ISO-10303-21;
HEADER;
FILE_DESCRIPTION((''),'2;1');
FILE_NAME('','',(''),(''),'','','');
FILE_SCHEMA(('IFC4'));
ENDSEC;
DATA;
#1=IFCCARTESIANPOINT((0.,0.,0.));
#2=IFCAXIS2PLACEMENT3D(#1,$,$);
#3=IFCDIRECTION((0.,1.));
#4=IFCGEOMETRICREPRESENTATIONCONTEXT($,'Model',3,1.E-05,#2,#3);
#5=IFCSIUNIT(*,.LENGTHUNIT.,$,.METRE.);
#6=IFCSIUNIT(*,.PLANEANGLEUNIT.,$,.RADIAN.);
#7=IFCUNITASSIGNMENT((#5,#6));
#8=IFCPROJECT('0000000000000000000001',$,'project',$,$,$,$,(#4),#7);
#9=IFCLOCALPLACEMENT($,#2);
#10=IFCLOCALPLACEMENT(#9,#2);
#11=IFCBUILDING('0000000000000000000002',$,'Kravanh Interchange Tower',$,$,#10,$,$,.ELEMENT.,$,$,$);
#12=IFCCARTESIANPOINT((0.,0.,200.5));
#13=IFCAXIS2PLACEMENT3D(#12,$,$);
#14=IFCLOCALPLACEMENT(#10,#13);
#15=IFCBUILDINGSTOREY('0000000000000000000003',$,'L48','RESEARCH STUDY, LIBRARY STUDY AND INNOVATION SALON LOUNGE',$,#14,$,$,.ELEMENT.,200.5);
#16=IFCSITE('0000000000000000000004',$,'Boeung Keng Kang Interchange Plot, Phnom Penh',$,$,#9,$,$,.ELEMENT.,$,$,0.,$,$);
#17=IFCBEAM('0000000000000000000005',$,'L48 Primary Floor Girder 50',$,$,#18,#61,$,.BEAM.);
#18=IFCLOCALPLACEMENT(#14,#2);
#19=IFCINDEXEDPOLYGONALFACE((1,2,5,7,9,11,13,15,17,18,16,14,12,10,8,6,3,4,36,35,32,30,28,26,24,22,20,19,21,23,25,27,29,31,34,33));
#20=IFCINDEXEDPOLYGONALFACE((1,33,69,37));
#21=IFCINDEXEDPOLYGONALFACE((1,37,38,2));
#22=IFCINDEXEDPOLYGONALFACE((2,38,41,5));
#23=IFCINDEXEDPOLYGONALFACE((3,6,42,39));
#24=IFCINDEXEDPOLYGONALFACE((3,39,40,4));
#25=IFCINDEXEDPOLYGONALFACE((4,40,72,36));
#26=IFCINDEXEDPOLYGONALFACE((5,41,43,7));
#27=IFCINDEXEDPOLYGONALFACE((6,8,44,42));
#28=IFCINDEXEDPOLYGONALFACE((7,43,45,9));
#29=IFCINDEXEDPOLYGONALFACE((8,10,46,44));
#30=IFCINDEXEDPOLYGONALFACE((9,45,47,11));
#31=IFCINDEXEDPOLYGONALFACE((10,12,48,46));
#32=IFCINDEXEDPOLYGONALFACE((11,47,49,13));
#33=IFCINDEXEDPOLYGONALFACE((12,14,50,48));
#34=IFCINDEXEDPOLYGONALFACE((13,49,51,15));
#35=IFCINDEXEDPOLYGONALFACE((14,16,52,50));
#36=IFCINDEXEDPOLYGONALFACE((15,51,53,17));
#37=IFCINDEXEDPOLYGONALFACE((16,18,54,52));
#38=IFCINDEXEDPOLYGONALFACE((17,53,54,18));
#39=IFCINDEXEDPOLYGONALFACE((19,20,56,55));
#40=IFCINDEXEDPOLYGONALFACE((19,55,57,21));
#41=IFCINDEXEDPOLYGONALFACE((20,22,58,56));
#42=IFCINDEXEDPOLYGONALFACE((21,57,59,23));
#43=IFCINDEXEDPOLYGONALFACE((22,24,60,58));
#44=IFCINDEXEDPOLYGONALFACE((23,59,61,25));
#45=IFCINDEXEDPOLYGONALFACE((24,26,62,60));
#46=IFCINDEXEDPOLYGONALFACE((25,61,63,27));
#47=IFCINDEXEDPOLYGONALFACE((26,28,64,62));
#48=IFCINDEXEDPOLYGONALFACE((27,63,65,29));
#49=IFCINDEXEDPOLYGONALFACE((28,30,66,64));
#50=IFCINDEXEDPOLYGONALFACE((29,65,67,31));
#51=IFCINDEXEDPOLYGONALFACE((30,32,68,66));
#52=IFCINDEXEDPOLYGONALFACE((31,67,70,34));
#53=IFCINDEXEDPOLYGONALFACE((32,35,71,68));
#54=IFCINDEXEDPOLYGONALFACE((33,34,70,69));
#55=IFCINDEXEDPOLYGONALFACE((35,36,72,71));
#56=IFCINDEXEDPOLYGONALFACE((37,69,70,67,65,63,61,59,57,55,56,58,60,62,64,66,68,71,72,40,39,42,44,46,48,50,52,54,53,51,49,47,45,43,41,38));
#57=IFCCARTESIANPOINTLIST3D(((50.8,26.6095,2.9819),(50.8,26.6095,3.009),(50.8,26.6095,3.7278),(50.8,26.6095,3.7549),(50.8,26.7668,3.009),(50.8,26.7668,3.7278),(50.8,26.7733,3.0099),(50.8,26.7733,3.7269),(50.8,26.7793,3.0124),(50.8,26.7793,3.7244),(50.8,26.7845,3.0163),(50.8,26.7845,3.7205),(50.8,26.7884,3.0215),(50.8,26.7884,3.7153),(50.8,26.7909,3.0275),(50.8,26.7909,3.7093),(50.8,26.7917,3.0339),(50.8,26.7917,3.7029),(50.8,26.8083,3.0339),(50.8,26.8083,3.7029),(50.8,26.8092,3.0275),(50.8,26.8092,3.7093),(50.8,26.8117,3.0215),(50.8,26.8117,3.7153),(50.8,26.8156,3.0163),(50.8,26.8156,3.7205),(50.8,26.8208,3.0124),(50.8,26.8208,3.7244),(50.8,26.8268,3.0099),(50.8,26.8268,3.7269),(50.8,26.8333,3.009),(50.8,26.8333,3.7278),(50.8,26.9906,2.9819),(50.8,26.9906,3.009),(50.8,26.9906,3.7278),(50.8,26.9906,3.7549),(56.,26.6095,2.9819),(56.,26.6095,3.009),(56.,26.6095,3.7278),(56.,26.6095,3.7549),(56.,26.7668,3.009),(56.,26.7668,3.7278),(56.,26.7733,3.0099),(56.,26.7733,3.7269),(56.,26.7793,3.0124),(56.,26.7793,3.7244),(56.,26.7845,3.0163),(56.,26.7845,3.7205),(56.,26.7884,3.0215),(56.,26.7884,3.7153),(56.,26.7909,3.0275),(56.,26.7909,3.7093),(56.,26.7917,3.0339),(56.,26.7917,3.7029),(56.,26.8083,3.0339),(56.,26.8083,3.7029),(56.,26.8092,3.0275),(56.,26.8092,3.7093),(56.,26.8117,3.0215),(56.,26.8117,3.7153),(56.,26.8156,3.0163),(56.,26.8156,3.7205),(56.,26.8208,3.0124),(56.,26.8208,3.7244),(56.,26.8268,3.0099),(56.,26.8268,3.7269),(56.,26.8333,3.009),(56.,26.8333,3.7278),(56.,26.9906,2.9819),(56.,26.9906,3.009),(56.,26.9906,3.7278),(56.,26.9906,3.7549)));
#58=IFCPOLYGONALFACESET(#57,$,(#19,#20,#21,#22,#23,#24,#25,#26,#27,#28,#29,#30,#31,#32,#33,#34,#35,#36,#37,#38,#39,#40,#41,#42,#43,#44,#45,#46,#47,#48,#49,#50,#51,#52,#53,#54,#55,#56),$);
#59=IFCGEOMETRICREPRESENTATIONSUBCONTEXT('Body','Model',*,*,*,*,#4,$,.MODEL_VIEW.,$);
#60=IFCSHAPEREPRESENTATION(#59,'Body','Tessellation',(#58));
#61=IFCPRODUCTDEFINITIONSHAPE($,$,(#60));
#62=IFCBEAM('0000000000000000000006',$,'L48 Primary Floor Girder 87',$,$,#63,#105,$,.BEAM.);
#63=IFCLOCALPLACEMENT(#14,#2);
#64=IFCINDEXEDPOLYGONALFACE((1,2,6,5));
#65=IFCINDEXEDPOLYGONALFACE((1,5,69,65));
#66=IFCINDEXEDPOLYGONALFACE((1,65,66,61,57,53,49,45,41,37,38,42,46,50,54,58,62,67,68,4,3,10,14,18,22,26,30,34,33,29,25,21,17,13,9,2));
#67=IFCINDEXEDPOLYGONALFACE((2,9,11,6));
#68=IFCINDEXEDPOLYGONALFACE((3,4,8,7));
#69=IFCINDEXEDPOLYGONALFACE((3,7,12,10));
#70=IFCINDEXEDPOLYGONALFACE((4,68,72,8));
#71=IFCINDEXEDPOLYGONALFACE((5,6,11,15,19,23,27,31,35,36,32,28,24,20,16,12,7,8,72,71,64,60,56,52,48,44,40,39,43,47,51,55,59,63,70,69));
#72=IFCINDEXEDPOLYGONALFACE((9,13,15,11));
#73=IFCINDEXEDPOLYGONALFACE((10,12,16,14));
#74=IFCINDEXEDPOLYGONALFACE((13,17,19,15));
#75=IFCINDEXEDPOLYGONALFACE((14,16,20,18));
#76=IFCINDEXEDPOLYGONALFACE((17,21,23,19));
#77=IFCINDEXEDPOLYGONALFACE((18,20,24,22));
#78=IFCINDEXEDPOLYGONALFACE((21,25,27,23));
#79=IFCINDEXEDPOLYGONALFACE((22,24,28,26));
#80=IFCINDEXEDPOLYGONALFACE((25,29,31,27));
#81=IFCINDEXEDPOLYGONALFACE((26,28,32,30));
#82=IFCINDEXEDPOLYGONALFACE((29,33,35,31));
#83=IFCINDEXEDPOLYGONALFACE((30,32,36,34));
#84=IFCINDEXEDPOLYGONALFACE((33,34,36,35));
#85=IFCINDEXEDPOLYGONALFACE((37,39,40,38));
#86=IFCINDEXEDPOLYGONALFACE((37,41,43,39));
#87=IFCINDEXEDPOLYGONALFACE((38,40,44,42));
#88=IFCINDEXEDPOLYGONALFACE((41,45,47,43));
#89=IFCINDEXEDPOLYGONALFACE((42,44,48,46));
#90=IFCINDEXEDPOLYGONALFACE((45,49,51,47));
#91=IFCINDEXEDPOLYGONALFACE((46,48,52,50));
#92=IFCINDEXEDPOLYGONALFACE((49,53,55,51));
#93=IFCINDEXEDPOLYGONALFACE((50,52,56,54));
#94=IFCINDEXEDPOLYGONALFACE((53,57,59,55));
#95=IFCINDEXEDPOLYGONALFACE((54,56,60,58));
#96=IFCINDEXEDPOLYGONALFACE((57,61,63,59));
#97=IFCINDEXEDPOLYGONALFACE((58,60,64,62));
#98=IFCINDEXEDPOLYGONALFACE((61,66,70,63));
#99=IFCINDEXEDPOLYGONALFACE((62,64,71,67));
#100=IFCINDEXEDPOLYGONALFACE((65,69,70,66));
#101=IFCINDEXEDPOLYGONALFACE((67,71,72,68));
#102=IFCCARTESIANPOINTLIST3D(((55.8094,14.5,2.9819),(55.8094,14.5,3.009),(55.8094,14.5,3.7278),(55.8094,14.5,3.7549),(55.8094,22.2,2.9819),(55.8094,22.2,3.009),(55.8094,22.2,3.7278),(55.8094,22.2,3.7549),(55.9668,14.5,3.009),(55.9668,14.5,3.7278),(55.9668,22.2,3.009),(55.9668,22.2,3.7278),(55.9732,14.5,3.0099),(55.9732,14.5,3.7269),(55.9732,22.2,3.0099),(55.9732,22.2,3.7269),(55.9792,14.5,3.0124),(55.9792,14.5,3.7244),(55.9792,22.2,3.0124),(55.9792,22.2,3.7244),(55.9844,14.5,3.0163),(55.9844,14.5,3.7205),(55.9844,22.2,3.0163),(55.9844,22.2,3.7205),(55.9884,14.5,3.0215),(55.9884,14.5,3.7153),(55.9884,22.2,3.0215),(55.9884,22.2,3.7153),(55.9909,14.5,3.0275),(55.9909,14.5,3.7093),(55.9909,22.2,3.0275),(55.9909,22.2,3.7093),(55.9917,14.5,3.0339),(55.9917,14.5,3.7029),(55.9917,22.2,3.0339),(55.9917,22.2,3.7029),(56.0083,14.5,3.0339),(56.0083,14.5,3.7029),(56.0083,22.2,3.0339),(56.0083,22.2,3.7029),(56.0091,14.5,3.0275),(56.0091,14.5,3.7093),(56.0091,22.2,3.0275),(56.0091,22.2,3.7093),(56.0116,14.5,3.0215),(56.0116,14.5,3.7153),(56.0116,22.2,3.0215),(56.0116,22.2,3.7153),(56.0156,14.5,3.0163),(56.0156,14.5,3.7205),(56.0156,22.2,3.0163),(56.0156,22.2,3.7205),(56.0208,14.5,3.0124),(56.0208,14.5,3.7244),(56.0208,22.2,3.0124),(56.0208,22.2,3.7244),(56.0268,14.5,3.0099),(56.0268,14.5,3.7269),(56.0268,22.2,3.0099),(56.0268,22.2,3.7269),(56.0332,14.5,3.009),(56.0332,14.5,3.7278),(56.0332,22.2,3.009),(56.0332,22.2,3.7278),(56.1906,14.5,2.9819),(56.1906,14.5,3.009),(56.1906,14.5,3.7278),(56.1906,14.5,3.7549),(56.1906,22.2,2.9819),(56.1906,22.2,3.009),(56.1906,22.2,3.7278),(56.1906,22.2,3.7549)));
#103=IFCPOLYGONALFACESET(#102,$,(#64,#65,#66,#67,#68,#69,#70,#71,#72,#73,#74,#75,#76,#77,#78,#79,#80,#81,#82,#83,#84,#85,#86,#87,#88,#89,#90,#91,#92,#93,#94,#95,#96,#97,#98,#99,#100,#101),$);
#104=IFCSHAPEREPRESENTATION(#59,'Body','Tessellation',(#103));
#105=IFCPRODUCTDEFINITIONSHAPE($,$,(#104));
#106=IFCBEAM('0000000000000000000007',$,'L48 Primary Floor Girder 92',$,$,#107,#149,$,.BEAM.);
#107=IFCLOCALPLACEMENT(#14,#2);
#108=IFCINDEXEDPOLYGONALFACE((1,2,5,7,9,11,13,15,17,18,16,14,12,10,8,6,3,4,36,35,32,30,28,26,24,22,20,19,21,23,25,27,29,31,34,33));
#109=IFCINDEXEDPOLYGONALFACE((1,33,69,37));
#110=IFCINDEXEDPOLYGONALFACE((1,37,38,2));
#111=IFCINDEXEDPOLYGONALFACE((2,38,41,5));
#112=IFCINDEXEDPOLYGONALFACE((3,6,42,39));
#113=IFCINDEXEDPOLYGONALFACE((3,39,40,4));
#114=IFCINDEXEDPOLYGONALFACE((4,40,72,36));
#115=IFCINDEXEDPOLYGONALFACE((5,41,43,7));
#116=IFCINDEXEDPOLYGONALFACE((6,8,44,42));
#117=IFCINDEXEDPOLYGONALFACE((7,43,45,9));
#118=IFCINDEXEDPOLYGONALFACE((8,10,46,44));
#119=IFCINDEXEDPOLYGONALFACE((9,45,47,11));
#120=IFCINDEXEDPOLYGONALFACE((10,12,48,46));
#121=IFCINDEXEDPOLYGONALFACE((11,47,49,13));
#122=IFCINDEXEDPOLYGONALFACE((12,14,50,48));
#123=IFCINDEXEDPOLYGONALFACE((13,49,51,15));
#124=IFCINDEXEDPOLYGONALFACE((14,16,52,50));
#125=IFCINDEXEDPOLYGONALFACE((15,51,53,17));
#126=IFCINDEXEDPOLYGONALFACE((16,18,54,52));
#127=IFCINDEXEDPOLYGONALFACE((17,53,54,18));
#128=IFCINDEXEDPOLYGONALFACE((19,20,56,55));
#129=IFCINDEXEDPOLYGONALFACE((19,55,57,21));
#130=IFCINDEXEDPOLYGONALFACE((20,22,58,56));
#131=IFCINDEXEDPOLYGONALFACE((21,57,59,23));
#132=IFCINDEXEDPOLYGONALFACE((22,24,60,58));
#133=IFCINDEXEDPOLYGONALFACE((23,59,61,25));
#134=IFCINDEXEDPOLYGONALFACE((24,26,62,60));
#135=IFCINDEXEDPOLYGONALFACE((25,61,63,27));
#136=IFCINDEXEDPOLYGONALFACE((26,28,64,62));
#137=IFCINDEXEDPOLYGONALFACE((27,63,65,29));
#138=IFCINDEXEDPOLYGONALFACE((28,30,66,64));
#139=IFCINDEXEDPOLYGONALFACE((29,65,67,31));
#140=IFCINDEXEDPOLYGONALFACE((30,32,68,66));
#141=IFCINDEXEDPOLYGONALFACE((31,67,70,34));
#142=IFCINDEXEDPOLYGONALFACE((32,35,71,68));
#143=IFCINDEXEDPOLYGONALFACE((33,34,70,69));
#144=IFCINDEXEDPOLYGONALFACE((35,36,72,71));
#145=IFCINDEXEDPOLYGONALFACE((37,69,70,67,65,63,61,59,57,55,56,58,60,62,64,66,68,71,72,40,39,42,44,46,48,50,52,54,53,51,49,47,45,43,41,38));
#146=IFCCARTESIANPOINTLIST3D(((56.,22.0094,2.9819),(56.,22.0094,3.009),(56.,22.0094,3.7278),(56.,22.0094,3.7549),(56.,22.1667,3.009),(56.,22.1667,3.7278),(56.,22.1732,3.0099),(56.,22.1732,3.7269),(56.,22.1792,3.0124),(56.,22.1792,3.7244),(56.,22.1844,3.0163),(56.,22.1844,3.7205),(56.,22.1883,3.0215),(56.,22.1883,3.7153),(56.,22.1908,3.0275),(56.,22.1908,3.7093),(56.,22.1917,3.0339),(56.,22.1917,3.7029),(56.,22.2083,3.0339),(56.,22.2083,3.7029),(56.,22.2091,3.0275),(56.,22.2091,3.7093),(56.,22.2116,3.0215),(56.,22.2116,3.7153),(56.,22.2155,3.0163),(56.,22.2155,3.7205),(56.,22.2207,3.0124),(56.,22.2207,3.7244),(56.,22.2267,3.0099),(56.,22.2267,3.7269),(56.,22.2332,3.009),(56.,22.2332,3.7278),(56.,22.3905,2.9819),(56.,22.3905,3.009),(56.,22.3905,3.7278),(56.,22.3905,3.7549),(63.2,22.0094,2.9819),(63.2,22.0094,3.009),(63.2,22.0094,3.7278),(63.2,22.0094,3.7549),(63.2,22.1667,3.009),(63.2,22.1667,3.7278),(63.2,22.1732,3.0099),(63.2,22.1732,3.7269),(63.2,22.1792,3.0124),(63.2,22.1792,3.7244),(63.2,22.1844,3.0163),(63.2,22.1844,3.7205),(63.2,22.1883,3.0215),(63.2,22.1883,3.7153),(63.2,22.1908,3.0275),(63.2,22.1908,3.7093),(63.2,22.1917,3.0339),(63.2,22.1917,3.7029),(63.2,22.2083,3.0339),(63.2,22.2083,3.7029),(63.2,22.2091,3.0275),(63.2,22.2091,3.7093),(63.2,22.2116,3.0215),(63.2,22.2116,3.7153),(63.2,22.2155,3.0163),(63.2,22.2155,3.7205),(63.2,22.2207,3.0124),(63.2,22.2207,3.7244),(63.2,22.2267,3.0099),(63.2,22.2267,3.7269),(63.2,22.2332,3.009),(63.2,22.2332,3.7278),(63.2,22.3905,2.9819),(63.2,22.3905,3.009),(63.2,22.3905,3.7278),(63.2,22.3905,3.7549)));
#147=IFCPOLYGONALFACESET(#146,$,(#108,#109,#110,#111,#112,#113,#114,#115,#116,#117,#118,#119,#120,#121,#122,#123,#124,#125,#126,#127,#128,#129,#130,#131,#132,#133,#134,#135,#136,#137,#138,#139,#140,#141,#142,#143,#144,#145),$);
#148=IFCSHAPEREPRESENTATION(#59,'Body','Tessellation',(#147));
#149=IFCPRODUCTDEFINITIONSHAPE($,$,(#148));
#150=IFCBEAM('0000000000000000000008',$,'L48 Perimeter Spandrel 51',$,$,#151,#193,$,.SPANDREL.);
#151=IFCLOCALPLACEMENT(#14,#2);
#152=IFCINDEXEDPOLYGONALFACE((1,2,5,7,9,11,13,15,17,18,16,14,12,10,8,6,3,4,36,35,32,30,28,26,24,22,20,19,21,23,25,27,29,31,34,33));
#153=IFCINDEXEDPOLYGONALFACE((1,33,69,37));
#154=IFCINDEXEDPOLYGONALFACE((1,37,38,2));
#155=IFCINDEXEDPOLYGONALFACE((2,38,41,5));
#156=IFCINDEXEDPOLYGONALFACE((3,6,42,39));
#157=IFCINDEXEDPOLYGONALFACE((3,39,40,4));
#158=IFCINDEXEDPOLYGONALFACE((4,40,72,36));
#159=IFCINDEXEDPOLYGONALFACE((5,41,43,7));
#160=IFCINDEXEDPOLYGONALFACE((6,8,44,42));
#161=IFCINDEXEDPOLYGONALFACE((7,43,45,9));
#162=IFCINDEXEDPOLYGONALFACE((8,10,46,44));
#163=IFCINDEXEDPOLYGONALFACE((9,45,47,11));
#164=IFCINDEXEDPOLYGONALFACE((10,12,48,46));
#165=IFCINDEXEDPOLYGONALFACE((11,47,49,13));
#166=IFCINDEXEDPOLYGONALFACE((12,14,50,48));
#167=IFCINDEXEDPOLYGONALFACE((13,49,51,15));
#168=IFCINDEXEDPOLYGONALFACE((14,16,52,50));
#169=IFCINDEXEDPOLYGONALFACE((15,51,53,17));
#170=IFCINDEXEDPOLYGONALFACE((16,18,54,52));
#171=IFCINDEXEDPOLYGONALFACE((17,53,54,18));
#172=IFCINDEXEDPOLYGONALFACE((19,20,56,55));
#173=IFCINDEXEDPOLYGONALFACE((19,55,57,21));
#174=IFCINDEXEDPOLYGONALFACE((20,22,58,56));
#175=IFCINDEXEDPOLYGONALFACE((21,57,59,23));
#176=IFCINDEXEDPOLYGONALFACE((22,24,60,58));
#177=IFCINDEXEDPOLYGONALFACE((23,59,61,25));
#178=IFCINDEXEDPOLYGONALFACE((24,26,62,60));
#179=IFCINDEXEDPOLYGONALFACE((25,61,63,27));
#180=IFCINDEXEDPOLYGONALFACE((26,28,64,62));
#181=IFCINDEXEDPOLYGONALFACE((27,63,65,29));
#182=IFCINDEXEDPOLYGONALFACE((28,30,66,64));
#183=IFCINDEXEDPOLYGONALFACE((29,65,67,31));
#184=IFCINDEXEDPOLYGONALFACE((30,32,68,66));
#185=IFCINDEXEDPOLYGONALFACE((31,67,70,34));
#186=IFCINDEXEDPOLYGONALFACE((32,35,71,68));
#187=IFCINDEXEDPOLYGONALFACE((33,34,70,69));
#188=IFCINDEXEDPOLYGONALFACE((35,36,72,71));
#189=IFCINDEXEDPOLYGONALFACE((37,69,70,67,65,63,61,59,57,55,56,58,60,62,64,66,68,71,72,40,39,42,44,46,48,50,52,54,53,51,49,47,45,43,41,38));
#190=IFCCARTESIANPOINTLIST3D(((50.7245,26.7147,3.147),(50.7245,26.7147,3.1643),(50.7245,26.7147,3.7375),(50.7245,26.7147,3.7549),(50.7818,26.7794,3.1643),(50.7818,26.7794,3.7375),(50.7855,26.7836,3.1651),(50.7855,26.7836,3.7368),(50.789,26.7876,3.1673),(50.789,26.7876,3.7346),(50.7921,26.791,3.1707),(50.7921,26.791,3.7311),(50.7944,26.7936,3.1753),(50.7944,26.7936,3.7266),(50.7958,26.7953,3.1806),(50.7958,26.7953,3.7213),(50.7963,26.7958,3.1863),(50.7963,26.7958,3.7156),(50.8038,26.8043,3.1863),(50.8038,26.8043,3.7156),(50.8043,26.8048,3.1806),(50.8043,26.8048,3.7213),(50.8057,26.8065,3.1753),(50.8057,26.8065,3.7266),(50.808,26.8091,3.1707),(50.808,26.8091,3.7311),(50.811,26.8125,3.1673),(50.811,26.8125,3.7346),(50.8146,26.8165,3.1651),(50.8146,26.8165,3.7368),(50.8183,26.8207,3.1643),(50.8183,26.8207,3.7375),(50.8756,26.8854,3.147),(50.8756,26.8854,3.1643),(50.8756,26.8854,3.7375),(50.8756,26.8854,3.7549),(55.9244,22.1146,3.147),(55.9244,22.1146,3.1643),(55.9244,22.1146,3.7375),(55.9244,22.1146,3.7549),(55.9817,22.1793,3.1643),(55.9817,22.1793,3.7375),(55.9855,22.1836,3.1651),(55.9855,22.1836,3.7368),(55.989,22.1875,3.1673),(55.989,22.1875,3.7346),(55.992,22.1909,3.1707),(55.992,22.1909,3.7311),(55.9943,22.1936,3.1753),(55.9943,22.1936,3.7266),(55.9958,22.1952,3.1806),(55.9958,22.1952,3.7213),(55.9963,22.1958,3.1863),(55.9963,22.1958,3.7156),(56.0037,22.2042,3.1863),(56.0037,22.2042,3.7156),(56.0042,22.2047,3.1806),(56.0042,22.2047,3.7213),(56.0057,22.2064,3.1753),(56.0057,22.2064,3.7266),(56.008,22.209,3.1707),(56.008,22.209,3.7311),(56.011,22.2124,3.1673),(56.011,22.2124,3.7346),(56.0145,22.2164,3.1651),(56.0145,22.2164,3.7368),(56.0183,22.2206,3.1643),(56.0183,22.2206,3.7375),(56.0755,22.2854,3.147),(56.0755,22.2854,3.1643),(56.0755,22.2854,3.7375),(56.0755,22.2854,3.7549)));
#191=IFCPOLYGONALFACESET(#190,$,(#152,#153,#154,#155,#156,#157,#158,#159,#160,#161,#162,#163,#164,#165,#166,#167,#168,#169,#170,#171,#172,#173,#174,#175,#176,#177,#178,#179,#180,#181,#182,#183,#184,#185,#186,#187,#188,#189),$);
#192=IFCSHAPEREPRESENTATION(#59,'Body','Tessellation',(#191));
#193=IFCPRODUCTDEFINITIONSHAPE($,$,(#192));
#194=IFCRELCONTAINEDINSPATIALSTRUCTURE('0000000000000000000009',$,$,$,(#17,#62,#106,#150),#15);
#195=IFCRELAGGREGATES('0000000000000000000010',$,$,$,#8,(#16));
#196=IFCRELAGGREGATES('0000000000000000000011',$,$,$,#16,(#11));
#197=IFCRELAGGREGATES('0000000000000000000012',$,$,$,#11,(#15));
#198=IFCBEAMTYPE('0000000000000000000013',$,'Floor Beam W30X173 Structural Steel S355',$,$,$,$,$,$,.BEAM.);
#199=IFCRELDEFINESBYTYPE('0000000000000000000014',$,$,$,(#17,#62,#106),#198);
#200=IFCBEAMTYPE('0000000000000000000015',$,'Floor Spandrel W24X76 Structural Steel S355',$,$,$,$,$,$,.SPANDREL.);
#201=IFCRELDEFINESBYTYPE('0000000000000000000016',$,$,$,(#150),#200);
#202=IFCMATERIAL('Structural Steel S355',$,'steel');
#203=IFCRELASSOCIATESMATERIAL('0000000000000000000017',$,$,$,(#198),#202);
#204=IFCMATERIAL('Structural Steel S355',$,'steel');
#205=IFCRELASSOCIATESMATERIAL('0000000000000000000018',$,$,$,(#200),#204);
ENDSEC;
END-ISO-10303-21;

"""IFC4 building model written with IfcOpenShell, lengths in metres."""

from ifc_helpers import new_model, si_unit, direction, frame, origin, origin_2d, place, context, subcontext, project, spatial, i_section, extrude, material, material_profile, profile_set, type_object, element, save


model = new_model("IFC4")

# Units and contexts
model_context = context("Model", 3, precision=1e-05, world=origin(), true_north=direction((0.0, 1.0)))
body_context = subcontext(model_context, "Body", "Model", "MODEL_VIEW")
ifc_project = project(units=[si_unit("LENGTHUNIT", "METRE"), si_unit("PLANEANGLEUNIT", "RADIAN")], contexts=[model_context])

# Site, building, storey
site_placement = place(None, origin())
site = spatial("IfcSite", under=ifc_project, at=site_placement, Name="Boeung Keng Kang Interchange Plot, Phnom Penh", CompositionType="ELEMENT", RefElevation=0.0)
building_placement = place(site_placement, origin())
building = spatial("IfcBuilding", under=site, at=building_placement, Name="Kravanh Interchange Tower", CompositionType="ELEMENT")
storey_placement = place(building_placement, frame((0.0, 0.0, 200.5)))
storey = spatial("IfcBuildingStorey", under=building, at=storey_placement, Name="L48", Description="RESEARCH STUDY, LIBRARY STUDY AND INNOVATION SALON LOUNGE", CompositionType="ELEMENT", Elevation=200.5)

# Beams
ifc_material_1 = material(Name="Structural Steel S355", Category="steel")
ifc_material_profile_1 = material_profile(ifc_material_1, i_section(OverallWidth=0.3811, OverallDepth=0.7729, WebThickness=0.0166, FlangeThickness=0.0271, FilletRadius=0.0249, at=origin_2d()), Name="W30X173")
ifc_profile_set_1 = profile_set([ifc_material_profile_1], Name="Structural Steel S355")
beam_type_1 = type_object("IfcBeamType", Name="Floor Beam W30X173 Structural Steel S355", PredefinedType="BEAM", material=ifc_profile_set_1)
beam_1_placement = place(storey_placement, frame((50.8, 26.8, 3.3684), z_axis=(1.0, 0.0, 0.0), x_axis=(0.0, 1.0, 0.0)))
element("IfcBeam", 1, at=beam_1_placement, inside=storey, type_object=beam_type_1, Name="L48 Primary Floor Girder 50", PredefinedType="BEAM", context=body_context, shape_type="SweptSolid", body=[
    extrude(i_section(OverallWidth=0.3811, OverallDepth=0.7729, WebThickness=0.0166, FlangeThickness=0.0271, FilletRadius=0.0249, at=origin_2d()), origin(), (0.0, 0.0, 1.0), 5.2),
])
beam_2_placement = place(storey_placement, frame((56.0, 14.5, 3.3684), z_axis=(0.0, 1.0, 0.0), x_axis=(-1.0, 0.0, 0.0)))
element("IfcBeam", 2, at=beam_2_placement, inside=storey, type_object=beam_type_1, Name="L48 Primary Floor Girder 87", PredefinedType="BEAM", context=body_context, shape_type="SweptSolid", body=[
    extrude(i_section(OverallWidth=0.3811, OverallDepth=0.7729, WebThickness=0.0166, FlangeThickness=0.0271, FilletRadius=0.0249, at=origin_2d()), origin(), (0.0, 0.0, 1.0), 7.7),
])
beam_3_placement = place(storey_placement, frame((56.0, 22.2, 3.3684), z_axis=(1.0, 0.0, 0.0), x_axis=(0.0, 1.0, 0.0)))
element("IfcBeam", 3, at=beam_3_placement, inside=storey, type_object=beam_type_1, Name="L48 Primary Floor Girder 92", PredefinedType="BEAM", context=body_context, shape_type="SweptSolid", body=[
    extrude(i_section(OverallWidth=0.3811, OverallDepth=0.7729, WebThickness=0.0166, FlangeThickness=0.0271, FilletRadius=0.0249, at=origin_2d()), origin(), (0.0, 0.0, 1.0), 7.2),
])
ifc_material_2 = material(Name="Structural Steel S355", Category="steel")
ifc_material_profile_2 = material_profile(ifc_material_2, i_section(OverallWidth=0.228, OverallDepth=0.6079, WebThickness=0.0112, FlangeThickness=0.0173, FilletRadius=0.022, at=origin_2d()), Name="W24X76")
ifc_profile_set_2 = profile_set([ifc_material_profile_2], Name="Structural Steel S355")
beam_type_2 = type_object("IfcBeamType", Name="Floor Spandrel W24X76 Structural Steel S355", PredefinedType="SPANDREL", material=ifc_profile_set_2)
beam_4_placement = place(storey_placement, frame((50.8, 26.8, 3.4509), z_axis=(0.748986, -0.662585, 0.0), x_axis=(0.662585, 0.748986, 0.0)))
element("IfcBeam", 4, at=beam_4_placement, inside=storey, type_object=beam_type_2, Name="L48 Perimeter Spandrel 51", PredefinedType="SPANDREL", context=body_context, shape_type="SweptSolid", body=[
    extrude(i_section(OverallWidth=0.228, OverallDepth=0.6079, WebThickness=0.0112, FlangeThickness=0.0173, FilletRadius=0.022, at=origin_2d()), origin(), (0.0, 0.0, 1.0), 6.9426),
])

save(model, "model.ifc")
